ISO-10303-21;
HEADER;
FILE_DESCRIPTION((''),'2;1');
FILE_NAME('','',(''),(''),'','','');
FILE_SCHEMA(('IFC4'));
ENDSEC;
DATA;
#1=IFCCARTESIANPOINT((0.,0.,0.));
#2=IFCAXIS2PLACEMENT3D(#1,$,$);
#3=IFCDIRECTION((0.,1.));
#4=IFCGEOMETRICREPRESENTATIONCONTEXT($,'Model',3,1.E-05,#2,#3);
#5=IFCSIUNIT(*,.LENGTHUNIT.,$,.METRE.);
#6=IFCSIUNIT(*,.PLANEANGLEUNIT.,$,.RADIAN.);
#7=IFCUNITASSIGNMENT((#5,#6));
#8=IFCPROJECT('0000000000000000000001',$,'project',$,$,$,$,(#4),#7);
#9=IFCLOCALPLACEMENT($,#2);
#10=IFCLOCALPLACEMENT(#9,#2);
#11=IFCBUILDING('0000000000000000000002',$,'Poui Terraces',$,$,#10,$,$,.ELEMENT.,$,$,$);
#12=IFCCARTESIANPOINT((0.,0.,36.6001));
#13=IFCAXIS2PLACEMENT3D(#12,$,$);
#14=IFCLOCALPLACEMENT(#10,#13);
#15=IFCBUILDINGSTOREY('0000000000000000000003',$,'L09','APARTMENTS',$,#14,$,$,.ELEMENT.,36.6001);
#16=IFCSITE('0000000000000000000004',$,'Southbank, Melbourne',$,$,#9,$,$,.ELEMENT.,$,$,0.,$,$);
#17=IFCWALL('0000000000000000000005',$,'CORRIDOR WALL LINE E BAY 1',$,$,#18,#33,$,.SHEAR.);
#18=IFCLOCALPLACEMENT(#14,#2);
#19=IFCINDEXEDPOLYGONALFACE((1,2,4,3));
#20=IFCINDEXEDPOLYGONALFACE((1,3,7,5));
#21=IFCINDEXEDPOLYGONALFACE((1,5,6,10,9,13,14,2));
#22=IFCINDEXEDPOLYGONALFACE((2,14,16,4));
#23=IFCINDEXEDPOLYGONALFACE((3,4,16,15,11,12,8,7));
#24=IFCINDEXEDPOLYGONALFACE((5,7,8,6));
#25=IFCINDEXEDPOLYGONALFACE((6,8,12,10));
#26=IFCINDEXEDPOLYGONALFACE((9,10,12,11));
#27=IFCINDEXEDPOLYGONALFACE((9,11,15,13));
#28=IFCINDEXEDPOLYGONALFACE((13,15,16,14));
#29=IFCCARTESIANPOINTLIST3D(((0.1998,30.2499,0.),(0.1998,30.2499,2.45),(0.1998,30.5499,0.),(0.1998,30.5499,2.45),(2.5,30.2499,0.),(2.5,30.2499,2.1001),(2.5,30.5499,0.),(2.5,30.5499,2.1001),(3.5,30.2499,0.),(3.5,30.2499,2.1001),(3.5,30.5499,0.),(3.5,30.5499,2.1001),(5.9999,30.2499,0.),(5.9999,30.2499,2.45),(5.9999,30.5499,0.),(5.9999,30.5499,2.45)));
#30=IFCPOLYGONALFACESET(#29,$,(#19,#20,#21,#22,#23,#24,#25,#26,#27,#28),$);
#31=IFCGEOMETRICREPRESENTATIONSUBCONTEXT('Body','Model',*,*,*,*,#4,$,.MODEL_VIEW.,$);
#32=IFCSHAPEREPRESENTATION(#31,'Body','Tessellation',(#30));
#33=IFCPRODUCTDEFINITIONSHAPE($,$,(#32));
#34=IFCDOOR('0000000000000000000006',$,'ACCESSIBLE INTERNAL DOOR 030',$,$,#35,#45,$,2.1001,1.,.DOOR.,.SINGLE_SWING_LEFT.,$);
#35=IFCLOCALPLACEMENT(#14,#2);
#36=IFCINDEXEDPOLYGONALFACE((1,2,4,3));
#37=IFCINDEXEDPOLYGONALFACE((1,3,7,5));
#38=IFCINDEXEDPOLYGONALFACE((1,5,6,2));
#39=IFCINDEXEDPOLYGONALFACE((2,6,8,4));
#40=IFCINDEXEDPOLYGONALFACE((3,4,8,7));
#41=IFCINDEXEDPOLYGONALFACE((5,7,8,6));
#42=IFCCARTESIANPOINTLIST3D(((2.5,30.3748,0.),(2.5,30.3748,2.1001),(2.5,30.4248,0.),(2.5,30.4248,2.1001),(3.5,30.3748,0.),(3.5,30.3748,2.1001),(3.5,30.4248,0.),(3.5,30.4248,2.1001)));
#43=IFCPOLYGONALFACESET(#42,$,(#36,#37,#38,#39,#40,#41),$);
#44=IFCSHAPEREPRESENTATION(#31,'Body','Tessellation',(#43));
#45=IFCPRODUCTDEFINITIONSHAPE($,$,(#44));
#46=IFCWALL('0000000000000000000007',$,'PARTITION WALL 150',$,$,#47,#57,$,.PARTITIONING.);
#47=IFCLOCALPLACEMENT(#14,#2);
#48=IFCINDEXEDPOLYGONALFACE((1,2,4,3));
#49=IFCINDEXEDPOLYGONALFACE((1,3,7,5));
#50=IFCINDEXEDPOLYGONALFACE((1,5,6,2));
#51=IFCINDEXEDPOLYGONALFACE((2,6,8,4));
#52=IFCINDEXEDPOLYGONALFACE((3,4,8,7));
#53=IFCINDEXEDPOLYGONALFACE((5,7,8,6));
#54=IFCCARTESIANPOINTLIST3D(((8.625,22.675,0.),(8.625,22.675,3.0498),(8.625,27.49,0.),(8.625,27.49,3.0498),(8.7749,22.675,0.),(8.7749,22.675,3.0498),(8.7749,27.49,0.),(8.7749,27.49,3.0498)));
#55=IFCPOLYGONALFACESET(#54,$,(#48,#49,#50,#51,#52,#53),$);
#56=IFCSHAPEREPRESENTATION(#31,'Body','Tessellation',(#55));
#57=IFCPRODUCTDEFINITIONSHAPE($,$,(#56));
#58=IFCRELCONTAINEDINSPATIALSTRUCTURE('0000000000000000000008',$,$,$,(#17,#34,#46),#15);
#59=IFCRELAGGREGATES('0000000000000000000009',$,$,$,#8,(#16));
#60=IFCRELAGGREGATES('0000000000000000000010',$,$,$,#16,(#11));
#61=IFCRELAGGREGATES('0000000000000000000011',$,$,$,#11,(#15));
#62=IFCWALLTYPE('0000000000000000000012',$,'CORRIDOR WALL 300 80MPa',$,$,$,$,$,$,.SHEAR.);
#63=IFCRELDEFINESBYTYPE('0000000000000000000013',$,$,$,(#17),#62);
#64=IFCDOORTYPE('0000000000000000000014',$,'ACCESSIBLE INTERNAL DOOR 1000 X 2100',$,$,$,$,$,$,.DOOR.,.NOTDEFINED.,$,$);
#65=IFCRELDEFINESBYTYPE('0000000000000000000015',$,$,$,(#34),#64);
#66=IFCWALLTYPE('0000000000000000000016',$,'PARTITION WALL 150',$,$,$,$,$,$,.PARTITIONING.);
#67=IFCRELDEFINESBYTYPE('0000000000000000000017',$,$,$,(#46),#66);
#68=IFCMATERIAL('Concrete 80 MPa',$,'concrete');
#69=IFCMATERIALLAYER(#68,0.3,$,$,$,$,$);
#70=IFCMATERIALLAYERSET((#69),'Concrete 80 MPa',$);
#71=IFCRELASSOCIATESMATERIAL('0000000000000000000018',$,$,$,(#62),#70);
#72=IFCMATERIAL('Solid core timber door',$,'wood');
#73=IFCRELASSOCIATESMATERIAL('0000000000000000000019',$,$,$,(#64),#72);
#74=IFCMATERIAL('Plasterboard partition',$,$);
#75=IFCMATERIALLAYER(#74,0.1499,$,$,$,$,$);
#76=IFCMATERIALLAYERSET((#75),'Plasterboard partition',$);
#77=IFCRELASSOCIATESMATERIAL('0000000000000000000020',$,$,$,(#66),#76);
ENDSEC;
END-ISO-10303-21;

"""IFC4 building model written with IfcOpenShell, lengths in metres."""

from ifc_helpers import new_model, si_unit, direction, frame, frame_2d, origin, place, context, subcontext, project, spatial, rectangle, extrude, material, layer, layer_set, type_object, element, fill, save


model = new_model("IFC4")

# Units and contexts
model_context = context("Model", 3, precision=1e-05, world=origin(), true_north=direction((0.0, 1.0)))
body_context = subcontext(model_context, "Body", "Model", "MODEL_VIEW")
ifc_project = project(units=[si_unit("LENGTHUNIT", "METRE"), si_unit("PLANEANGLEUNIT", "RADIAN")], contexts=[model_context])

# Site, building, storey
site_placement = place(None, origin())
site = spatial("IfcSite", under=ifc_project, at=site_placement, Name="Southbank, Melbourne", CompositionType="ELEMENT", RefElevation=0.0)
building_placement = place(site_placement, origin())
building = spatial("IfcBuilding", under=site, at=building_placement, Name="Poui Terraces", CompositionType="ELEMENT")
storey_placement = place(building_placement, frame((0.0, 0.0, 36.6001)))
storey = spatial("IfcBuildingStorey", under=building, at=storey_placement, Name="L09", Description="APARTMENTS", CompositionType="ELEMENT", Elevation=36.6001)

# Wall, opening, door
ifc_material_1 = material(Name="Concrete 80 MPa", Category="concrete")
ifc_layer_1 = layer(ifc_material_1, 0.3)
ifc_layer_set_1 = layer_set([ifc_layer_1], Name="Concrete 80 MPa")
wall_type_1 = type_object("IfcWallType", Name="CORRIDOR WALL 300 80MPa", PredefinedType="SHEAR", material=ifc_layer_set_1)
wall_1_placement = place(storey_placement, frame((0.2, 30.3999, 0.0), z_axis=(0.0, 0.0, 1.0), x_axis=(1.0, 0.0, 0.0)))
wall_1 = element("IfcWall", 1, at=wall_1_placement, inside=storey, type_object=wall_type_1, Name="CORRIDOR WALL LINE E BAY 1", PredefinedType="SHEAR", context=body_context, shape_type="SweptSolid", body=[
    extrude(rectangle(XDim=5.8, YDim=0.3, at=frame_2d((2.8999, 0.0))), origin(), (0.0, 0.0, 1.0), 2.45),
])
opening_1_placement = place(wall_1_placement, frame((2.3, 0.0, 0.0)))
opening_1 = element("IfcOpeningElement", 2, at=opening_1_placement, cuts=wall_1, PredefinedType="OPENING", context=body_context, shape_type="SweptSolid", body=[
    extrude(rectangle(XDim=1.0, YDim=2.1001, at=frame_2d((0.5, 1.05))), frame((0.0, 0.1602, 0.0), z_axis=(0.0, -1.0, 0.0), x_axis=(1.0, 0.0, 0.0)), (0.0, 0.0, 1.0), 0.3201),
])
ifc_material_2 = material(Name="Solid core timber door", Category="wood")
door_type_1 = type_object("IfcDoorType", Name="ACCESSIBLE INTERNAL DOOR 1000 X 2100", OperationType="NOTDEFINED", PredefinedType="DOOR", material=ifc_material_2)
door_1_placement = place(opening_1_placement, origin())
door_1 = element("IfcDoor", 3, at=door_1_placement, inside=storey, type_object=door_type_1, Name="ACCESSIBLE INTERNAL DOOR 030", OperationType="SINGLE_SWING_LEFT", OverallHeight=2.1001, OverallWidth=1.0, PredefinedType="DOOR", context=body_context, shape_type="SweptSolid", body=[
    extrude(rectangle(XDim=1.0, YDim=2.1001, at=frame_2d((0.5, 1.05))), frame((0.0, 0.0249, 0.0), z_axis=(0.0, -1.0, 0.0), x_axis=(1.0, 0.0, 0.0)), (0.0, 0.0, 1.0), 0.05),
])
fill(opening_1, door_1)

# Wall
ifc_material_3 = material(Name="Plasterboard partition")
ifc_layer_2 = layer(ifc_material_3, 0.1499)
ifc_layer_set_2 = layer_set([ifc_layer_2], Name="Plasterboard partition")
wall_type_2 = type_object("IfcWallType", Name="PARTITION WALL 150", PredefinedType="PARTITIONING", material=ifc_layer_set_2)
wall_2_placement = place(storey_placement, frame((8.7, 22.675, 0.0), z_axis=(0.0, 0.0, 1.0), x_axis=(0.0, 1.0, 0.0)))
element("IfcWall", 4, at=wall_2_placement, inside=storey, type_object=wall_type_2, Name="PARTITION WALL 150", PredefinedType="PARTITIONING", context=body_context, shape_type="SweptSolid", body=[
    extrude(rectangle(XDim=4.8149, YDim=0.1499, at=frame_2d((2.4075, 0.0))), origin(), (0.0, 0.0, 1.0), 3.0498),
])

save(model, "model.ifc")
